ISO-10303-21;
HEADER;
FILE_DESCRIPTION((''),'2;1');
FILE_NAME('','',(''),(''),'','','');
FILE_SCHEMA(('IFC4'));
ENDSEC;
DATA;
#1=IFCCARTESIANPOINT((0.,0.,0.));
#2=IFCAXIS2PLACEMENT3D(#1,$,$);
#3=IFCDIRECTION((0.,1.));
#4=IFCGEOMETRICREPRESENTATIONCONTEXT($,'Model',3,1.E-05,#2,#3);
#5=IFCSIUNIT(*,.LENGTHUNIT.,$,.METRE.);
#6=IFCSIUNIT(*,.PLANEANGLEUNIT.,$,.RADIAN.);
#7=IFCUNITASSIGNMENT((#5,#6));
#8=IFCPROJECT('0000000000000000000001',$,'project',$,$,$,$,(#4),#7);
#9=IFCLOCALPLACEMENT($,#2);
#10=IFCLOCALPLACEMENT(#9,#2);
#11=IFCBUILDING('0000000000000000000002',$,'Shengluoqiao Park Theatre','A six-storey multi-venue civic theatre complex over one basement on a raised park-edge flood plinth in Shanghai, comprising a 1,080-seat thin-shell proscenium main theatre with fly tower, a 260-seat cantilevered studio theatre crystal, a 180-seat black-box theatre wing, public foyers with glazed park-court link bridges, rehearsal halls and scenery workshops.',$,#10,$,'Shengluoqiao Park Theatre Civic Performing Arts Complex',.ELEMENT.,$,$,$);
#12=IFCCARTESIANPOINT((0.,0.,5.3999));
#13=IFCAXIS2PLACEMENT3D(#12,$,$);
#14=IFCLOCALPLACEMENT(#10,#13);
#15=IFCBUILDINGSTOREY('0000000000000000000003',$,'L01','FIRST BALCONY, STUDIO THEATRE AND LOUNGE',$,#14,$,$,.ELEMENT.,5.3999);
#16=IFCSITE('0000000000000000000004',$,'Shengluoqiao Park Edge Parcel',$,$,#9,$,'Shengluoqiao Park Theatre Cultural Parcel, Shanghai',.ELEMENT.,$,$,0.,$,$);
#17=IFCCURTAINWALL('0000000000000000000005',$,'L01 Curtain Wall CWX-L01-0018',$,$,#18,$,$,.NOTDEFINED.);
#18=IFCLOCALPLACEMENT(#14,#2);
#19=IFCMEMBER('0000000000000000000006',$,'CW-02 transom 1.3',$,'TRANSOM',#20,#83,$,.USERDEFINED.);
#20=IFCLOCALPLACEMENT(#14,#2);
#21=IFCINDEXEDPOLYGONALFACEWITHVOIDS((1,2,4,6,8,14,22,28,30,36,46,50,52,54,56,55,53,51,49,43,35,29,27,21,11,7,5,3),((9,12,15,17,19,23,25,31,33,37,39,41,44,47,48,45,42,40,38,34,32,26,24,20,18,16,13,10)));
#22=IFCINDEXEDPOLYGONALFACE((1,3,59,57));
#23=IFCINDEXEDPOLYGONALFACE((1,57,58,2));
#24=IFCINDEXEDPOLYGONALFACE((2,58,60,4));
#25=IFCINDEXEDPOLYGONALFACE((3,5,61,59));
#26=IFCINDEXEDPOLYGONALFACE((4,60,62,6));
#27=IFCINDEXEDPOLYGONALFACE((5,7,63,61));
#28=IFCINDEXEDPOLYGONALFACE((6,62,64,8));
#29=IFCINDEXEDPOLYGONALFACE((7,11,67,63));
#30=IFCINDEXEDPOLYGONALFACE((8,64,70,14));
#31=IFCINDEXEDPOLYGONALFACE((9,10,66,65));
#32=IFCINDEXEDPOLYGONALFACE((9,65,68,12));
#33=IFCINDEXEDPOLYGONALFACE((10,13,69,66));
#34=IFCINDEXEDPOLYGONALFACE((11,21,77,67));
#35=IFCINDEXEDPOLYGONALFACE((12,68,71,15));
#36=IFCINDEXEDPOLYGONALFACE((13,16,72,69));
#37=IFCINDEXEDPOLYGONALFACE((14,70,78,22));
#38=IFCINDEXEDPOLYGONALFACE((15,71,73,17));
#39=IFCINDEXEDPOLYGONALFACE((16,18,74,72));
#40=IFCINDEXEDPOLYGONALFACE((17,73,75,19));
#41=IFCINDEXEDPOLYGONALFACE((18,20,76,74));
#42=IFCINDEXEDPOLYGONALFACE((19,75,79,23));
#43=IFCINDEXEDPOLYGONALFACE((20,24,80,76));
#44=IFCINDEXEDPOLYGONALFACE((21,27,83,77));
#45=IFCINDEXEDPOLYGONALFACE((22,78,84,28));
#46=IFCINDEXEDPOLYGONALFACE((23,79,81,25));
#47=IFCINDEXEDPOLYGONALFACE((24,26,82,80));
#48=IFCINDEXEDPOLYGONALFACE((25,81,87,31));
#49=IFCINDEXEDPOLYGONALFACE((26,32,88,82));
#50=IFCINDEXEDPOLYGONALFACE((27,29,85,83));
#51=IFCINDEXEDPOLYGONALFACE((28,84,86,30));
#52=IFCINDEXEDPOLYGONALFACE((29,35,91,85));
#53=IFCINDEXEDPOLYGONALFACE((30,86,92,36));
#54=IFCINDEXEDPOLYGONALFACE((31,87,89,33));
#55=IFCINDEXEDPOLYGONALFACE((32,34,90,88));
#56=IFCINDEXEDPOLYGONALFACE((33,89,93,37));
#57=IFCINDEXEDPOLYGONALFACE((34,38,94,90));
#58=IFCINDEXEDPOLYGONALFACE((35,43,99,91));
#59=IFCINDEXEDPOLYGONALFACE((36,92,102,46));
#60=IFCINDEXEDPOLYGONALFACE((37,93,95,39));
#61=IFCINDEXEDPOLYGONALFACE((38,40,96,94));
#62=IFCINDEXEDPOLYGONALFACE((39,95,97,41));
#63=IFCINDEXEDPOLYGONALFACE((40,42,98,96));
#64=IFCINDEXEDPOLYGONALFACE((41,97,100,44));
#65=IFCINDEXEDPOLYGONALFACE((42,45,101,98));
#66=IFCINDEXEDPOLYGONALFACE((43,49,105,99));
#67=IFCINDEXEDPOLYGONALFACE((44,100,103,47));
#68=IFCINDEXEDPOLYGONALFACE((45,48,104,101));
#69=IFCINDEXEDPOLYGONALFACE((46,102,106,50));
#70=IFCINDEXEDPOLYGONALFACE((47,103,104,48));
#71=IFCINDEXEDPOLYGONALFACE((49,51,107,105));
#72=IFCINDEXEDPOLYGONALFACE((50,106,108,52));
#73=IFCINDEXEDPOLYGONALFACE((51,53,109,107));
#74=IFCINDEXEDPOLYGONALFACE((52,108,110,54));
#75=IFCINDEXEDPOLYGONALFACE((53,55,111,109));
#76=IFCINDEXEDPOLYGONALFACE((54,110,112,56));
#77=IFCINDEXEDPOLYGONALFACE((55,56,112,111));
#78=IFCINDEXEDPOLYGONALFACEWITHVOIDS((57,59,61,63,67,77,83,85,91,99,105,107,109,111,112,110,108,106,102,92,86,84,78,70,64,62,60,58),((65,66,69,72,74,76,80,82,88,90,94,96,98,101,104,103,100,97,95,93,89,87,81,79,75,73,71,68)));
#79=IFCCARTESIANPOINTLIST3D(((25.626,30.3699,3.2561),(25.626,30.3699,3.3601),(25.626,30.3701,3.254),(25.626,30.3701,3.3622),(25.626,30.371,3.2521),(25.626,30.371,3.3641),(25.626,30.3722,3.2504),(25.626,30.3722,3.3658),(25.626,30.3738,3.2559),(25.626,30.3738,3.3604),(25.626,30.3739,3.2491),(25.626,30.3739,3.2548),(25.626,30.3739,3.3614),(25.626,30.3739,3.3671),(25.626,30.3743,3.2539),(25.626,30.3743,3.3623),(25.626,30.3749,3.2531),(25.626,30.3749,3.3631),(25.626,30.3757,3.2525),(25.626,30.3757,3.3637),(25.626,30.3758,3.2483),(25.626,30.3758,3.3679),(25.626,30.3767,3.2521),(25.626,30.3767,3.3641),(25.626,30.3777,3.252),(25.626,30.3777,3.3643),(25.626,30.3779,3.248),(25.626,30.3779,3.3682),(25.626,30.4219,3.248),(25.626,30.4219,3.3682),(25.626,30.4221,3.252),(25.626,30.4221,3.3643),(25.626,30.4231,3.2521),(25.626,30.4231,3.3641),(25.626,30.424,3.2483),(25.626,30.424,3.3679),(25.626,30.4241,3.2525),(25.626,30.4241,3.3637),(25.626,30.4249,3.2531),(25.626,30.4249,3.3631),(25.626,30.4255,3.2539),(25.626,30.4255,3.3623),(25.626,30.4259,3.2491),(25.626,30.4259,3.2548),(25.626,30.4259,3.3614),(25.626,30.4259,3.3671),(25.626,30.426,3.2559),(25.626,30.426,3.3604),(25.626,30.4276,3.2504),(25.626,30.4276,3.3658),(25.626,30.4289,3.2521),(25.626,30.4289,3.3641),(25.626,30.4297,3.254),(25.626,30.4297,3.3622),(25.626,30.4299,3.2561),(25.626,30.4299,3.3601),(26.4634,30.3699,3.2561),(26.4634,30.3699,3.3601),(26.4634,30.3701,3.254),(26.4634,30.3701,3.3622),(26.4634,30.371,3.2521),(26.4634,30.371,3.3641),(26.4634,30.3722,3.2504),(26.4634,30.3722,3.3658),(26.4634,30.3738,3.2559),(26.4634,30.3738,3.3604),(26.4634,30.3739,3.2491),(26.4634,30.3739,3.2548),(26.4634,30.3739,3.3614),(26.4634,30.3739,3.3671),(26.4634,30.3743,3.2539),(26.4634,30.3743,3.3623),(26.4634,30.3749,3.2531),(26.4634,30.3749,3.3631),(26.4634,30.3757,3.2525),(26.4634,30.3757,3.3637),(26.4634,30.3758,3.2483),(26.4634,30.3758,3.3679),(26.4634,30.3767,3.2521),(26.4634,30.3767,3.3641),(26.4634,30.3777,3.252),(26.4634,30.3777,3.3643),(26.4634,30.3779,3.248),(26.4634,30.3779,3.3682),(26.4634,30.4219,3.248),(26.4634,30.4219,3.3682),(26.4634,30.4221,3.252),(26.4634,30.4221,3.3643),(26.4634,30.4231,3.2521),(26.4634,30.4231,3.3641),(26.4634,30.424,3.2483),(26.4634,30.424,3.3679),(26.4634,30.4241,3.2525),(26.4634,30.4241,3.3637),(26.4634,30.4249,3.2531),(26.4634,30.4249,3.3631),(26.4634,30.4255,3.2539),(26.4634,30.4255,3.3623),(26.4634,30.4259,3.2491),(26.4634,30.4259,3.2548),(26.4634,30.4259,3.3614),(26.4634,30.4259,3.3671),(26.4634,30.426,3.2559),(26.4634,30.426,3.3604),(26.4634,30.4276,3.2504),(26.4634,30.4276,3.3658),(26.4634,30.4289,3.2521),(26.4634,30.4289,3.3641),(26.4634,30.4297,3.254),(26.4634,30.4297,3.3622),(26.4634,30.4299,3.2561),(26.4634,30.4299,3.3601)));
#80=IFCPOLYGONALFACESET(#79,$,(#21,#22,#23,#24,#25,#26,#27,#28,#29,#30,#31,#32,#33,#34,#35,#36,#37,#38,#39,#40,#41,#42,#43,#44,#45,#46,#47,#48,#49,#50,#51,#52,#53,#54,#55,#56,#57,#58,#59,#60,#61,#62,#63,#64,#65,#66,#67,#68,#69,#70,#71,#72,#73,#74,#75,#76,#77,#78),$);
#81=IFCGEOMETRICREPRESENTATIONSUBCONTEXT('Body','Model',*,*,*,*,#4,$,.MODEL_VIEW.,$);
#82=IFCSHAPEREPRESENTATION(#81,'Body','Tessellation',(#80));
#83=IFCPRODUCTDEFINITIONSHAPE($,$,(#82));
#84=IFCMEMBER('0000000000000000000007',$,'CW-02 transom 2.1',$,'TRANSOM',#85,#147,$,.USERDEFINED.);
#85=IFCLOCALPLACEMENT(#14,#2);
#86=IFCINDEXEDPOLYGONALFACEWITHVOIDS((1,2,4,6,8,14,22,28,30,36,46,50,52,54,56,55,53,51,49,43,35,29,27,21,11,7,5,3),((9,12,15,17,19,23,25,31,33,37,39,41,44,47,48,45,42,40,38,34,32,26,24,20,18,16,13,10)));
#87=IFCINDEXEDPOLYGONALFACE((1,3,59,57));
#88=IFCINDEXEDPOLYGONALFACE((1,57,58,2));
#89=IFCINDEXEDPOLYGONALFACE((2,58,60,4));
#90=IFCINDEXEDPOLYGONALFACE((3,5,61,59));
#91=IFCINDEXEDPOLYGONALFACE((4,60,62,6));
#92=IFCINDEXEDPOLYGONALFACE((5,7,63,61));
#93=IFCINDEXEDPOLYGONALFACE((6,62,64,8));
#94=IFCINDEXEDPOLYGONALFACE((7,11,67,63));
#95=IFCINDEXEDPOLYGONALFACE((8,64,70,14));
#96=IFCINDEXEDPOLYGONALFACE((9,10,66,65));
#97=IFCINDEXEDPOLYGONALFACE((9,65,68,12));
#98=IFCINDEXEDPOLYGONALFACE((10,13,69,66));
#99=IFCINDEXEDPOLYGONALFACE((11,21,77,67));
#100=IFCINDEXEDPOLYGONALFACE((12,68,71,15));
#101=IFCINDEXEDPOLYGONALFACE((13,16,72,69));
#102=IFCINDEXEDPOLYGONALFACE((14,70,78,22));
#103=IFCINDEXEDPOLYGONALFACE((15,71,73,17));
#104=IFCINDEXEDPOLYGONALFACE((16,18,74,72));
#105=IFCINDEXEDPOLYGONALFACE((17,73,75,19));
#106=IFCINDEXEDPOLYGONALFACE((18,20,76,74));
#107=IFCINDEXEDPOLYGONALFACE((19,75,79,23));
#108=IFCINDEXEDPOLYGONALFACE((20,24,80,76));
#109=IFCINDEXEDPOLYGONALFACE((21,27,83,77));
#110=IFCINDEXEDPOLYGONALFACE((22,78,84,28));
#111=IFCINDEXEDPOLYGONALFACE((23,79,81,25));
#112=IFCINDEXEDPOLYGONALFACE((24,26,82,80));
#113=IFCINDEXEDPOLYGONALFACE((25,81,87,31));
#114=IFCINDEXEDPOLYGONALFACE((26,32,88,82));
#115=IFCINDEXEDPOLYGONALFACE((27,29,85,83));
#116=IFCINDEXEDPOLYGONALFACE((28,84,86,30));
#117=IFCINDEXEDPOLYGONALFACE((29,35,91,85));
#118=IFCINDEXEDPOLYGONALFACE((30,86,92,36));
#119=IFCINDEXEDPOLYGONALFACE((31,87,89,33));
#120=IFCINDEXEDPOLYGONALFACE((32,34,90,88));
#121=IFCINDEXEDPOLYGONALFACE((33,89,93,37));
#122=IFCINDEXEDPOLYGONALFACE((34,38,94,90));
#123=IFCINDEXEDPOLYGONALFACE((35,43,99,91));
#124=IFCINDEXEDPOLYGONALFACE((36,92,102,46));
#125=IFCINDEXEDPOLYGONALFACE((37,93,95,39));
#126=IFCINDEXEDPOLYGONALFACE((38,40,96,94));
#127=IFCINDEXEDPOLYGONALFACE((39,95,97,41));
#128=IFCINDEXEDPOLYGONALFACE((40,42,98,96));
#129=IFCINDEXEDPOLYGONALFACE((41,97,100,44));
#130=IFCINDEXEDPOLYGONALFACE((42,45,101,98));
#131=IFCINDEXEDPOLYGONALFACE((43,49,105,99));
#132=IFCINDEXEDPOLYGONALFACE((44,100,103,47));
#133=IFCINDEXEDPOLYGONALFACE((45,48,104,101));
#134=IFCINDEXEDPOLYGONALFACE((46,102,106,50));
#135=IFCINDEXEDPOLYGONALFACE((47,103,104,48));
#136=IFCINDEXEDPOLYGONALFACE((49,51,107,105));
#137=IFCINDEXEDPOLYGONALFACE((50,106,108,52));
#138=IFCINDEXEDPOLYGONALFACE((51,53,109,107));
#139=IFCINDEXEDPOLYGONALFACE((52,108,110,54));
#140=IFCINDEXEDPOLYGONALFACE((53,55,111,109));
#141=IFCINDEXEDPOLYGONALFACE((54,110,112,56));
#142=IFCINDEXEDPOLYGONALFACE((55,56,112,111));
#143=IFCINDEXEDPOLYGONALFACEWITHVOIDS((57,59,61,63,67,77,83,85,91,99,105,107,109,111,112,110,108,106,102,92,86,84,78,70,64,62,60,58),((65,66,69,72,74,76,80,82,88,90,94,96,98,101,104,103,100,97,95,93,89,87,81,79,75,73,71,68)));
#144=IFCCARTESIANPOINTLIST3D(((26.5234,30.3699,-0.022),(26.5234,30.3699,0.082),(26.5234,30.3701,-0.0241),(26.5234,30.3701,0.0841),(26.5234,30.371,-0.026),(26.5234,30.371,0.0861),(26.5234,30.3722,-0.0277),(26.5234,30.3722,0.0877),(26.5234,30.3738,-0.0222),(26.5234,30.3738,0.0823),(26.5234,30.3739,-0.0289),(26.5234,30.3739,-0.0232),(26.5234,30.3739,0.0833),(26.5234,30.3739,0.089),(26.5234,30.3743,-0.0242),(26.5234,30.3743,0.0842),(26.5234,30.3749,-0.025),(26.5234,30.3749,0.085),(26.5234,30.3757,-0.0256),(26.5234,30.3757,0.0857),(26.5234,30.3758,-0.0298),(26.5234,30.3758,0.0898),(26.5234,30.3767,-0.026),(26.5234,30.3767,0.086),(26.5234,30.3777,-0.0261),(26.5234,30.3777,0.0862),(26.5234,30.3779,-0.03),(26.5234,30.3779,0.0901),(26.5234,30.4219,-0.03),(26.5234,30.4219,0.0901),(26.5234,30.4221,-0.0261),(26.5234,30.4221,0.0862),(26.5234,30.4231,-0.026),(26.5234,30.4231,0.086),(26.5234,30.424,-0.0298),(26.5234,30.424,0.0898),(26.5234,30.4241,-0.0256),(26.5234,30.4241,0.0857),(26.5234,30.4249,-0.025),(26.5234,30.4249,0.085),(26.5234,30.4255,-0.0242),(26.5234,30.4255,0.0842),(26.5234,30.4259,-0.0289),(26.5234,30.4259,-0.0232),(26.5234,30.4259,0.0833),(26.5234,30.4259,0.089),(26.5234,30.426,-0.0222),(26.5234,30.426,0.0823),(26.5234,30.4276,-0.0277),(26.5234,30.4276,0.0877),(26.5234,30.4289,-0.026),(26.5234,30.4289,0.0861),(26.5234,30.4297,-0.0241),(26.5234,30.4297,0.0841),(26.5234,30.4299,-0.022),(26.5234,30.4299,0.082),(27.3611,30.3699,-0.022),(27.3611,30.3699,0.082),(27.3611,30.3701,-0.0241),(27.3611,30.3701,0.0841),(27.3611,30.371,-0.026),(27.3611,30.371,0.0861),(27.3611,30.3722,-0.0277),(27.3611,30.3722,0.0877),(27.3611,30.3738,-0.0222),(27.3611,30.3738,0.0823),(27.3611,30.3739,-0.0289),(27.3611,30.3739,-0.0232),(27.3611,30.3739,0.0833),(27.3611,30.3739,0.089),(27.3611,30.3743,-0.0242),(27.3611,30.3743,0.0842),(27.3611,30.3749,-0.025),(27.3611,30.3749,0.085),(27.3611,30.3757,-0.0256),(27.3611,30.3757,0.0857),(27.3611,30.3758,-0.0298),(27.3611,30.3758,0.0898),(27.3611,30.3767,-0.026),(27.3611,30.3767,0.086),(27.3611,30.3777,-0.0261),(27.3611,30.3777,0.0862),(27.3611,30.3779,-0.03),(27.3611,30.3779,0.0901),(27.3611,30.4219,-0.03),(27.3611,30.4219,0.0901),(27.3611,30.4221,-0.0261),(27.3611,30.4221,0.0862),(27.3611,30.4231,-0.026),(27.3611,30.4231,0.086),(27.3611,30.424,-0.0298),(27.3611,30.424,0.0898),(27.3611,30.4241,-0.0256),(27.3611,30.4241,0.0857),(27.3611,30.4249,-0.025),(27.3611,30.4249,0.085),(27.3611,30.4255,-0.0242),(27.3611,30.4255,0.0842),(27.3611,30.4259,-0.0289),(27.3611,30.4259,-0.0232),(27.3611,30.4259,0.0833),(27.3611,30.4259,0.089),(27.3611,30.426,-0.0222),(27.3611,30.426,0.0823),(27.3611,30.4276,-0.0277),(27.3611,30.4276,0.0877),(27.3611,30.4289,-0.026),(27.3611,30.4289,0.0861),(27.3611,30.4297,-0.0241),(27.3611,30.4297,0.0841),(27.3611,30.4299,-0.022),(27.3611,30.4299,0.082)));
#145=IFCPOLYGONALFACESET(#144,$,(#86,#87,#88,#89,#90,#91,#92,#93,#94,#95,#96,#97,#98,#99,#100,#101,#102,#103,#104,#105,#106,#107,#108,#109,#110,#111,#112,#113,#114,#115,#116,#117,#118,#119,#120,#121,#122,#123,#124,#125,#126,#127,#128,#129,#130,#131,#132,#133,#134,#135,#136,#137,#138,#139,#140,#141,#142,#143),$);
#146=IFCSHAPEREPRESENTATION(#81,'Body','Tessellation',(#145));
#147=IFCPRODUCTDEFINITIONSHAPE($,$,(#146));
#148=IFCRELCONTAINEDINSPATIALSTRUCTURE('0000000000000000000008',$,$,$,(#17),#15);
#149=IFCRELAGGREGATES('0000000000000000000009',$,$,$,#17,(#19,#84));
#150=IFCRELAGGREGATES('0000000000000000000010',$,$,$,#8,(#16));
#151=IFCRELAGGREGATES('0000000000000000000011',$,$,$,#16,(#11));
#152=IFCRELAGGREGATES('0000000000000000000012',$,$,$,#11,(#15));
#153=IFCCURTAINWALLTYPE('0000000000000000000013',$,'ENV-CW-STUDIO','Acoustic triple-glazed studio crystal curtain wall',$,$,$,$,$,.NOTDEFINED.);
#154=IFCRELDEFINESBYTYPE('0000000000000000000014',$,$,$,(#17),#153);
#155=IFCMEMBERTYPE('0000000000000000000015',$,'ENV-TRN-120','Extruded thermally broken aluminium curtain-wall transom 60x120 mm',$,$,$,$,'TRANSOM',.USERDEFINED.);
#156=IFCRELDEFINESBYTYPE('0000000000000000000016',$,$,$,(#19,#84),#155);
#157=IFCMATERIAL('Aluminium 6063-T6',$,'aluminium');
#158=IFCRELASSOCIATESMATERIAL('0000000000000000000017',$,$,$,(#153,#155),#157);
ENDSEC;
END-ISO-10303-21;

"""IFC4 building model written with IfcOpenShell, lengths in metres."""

from ifc_helpers import new_model, si_unit, direction, frame, origin, origin_2d, place, context, subcontext, project, spatial, hollow_rectangle, extrude, material, material_profile, profile_set, type_object, element, aggregate, save


model = new_model("IFC4")

# Units and contexts
model_context = context("Model", 3, precision=1e-05, world=origin(), true_north=direction((0.0, 1.0)))
body_context = subcontext(model_context, "Body", "Model", "MODEL_VIEW")
ifc_project = project(units=[si_unit("LENGTHUNIT", "METRE"), si_unit("PLANEANGLEUNIT", "RADIAN")], contexts=[model_context])

# Site, building, storey
site_placement = place(None, origin())
site = spatial("IfcSite", under=ifc_project, at=site_placement, Name="Shengluoqiao Park Edge Parcel", LongName="Shengluoqiao Park Theatre Cultural Parcel, Shanghai", CompositionType="ELEMENT", RefElevation=0.0)
building_placement = place(site_placement, origin())
building = spatial("IfcBuilding", under=site, at=building_placement, Name="Shengluoqiao Park Theatre", Description="A six-storey multi-venue civic theatre complex over one basement on a raised park-edge flood plinth in Shanghai, comprising a 1,080-seat thin-shell proscenium main theatre with fly tower, a 260-seat cantilevered studio theatre crystal, a 180-seat black-box theatre wing, public foyers with glazed park-court link bridges, rehearsal halls and scenery workshops.", LongName="Shengluoqiao Park Theatre Civic Performing Arts Complex", CompositionType="ELEMENT")
storey_placement = place(building_placement, frame((0.0, 0.0, 5.3999)))
storey = spatial("IfcBuildingStorey", under=building, at=storey_placement, Name="L01", Description="FIRST BALCONY, STUDIO THEATRE AND LOUNGE", CompositionType="ELEMENT", Elevation=5.3999)

# Curtain wall
ifc_material_1 = material(Name="Aluminium 6063-T6", Category="aluminium")
curtain_wall_type_1 = type_object("IfcCurtainWallType", Name="ENV-CW-STUDIO", Description="Acoustic triple-glazed studio crystal curtain wall", PredefinedType="NOTDEFINED", material=ifc_material_1)
curtain_wall_1_placement = place(storey_placement, origin())
curtain_wall_1 = element("IfcCurtainWall", 1, at=curtain_wall_1_placement, inside=storey, type_object=curtain_wall_type_1, Name="L01 Curtain Wall CWX-L01-0018", PredefinedType="NOTDEFINED")

# Members
ifc_material_profile_1 = material_profile(ifc_material_1, hollow_rectangle(XDim=0.0601, YDim=0.1201, WallThickness=0.0039, InnerFilletRadius=0.0039, OuterFilletRadius=0.0081, at=origin_2d()), Name="ALU TRANSOM 120x60x4")
ifc_profile_set_1 = profile_set([ifc_material_profile_1], Name="Aluminium 6063-T6")
member_type_1 = type_object("IfcMemberType", Name="ENV-TRN-120", Description="Extruded thermally broken aluminium curtain-wall transom 60x120 mm", ElementType="TRANSOM", PredefinedType="USERDEFINED", material=ifc_profile_set_1)
member_1_placement = place(storey_placement, frame((25.626, 30.3999, 3.3081), z_axis=(1.0, 0.0, 0.0), x_axis=(0.0, 1.0, 0.0)))
member_1 = element("IfcMember", 2, at=member_1_placement, type_object=member_type_1, Name="CW-02 transom 1.3", ObjectType="TRANSOM", PredefinedType="USERDEFINED", context=body_context, shape_type="SweptSolid", body=[
    extrude(hollow_rectangle(XDim=0.0601, YDim=0.1201, WallThickness=0.0039, InnerFilletRadius=0.0039, OuterFilletRadius=0.0081, at=origin_2d()), origin(), (0.0, 0.0, 1.0), 0.8374),
])
member_2_placement = place(storey_placement, frame((26.5234, 30.3999, 0.03), z_axis=(1.0, 0.0, 0.0), x_axis=(0.0, 1.0, 0.0)))
member_2 = element("IfcMember", 3, at=member_2_placement, type_object=member_type_1, Name="CW-02 transom 2.1", ObjectType="TRANSOM", PredefinedType="USERDEFINED", context=body_context, shape_type="SweptSolid", body=[
    extrude(hollow_rectangle(XDim=0.0601, YDim=0.1201, WallThickness=0.0039, InnerFilletRadius=0.0039, OuterFilletRadius=0.0081, at=origin_2d()), origin(), (0.0, 0.0, 1.0), 0.8376),
])

aggregate(curtain_wall_1, [member_1, member_2])

save(model, "model.ifc")
